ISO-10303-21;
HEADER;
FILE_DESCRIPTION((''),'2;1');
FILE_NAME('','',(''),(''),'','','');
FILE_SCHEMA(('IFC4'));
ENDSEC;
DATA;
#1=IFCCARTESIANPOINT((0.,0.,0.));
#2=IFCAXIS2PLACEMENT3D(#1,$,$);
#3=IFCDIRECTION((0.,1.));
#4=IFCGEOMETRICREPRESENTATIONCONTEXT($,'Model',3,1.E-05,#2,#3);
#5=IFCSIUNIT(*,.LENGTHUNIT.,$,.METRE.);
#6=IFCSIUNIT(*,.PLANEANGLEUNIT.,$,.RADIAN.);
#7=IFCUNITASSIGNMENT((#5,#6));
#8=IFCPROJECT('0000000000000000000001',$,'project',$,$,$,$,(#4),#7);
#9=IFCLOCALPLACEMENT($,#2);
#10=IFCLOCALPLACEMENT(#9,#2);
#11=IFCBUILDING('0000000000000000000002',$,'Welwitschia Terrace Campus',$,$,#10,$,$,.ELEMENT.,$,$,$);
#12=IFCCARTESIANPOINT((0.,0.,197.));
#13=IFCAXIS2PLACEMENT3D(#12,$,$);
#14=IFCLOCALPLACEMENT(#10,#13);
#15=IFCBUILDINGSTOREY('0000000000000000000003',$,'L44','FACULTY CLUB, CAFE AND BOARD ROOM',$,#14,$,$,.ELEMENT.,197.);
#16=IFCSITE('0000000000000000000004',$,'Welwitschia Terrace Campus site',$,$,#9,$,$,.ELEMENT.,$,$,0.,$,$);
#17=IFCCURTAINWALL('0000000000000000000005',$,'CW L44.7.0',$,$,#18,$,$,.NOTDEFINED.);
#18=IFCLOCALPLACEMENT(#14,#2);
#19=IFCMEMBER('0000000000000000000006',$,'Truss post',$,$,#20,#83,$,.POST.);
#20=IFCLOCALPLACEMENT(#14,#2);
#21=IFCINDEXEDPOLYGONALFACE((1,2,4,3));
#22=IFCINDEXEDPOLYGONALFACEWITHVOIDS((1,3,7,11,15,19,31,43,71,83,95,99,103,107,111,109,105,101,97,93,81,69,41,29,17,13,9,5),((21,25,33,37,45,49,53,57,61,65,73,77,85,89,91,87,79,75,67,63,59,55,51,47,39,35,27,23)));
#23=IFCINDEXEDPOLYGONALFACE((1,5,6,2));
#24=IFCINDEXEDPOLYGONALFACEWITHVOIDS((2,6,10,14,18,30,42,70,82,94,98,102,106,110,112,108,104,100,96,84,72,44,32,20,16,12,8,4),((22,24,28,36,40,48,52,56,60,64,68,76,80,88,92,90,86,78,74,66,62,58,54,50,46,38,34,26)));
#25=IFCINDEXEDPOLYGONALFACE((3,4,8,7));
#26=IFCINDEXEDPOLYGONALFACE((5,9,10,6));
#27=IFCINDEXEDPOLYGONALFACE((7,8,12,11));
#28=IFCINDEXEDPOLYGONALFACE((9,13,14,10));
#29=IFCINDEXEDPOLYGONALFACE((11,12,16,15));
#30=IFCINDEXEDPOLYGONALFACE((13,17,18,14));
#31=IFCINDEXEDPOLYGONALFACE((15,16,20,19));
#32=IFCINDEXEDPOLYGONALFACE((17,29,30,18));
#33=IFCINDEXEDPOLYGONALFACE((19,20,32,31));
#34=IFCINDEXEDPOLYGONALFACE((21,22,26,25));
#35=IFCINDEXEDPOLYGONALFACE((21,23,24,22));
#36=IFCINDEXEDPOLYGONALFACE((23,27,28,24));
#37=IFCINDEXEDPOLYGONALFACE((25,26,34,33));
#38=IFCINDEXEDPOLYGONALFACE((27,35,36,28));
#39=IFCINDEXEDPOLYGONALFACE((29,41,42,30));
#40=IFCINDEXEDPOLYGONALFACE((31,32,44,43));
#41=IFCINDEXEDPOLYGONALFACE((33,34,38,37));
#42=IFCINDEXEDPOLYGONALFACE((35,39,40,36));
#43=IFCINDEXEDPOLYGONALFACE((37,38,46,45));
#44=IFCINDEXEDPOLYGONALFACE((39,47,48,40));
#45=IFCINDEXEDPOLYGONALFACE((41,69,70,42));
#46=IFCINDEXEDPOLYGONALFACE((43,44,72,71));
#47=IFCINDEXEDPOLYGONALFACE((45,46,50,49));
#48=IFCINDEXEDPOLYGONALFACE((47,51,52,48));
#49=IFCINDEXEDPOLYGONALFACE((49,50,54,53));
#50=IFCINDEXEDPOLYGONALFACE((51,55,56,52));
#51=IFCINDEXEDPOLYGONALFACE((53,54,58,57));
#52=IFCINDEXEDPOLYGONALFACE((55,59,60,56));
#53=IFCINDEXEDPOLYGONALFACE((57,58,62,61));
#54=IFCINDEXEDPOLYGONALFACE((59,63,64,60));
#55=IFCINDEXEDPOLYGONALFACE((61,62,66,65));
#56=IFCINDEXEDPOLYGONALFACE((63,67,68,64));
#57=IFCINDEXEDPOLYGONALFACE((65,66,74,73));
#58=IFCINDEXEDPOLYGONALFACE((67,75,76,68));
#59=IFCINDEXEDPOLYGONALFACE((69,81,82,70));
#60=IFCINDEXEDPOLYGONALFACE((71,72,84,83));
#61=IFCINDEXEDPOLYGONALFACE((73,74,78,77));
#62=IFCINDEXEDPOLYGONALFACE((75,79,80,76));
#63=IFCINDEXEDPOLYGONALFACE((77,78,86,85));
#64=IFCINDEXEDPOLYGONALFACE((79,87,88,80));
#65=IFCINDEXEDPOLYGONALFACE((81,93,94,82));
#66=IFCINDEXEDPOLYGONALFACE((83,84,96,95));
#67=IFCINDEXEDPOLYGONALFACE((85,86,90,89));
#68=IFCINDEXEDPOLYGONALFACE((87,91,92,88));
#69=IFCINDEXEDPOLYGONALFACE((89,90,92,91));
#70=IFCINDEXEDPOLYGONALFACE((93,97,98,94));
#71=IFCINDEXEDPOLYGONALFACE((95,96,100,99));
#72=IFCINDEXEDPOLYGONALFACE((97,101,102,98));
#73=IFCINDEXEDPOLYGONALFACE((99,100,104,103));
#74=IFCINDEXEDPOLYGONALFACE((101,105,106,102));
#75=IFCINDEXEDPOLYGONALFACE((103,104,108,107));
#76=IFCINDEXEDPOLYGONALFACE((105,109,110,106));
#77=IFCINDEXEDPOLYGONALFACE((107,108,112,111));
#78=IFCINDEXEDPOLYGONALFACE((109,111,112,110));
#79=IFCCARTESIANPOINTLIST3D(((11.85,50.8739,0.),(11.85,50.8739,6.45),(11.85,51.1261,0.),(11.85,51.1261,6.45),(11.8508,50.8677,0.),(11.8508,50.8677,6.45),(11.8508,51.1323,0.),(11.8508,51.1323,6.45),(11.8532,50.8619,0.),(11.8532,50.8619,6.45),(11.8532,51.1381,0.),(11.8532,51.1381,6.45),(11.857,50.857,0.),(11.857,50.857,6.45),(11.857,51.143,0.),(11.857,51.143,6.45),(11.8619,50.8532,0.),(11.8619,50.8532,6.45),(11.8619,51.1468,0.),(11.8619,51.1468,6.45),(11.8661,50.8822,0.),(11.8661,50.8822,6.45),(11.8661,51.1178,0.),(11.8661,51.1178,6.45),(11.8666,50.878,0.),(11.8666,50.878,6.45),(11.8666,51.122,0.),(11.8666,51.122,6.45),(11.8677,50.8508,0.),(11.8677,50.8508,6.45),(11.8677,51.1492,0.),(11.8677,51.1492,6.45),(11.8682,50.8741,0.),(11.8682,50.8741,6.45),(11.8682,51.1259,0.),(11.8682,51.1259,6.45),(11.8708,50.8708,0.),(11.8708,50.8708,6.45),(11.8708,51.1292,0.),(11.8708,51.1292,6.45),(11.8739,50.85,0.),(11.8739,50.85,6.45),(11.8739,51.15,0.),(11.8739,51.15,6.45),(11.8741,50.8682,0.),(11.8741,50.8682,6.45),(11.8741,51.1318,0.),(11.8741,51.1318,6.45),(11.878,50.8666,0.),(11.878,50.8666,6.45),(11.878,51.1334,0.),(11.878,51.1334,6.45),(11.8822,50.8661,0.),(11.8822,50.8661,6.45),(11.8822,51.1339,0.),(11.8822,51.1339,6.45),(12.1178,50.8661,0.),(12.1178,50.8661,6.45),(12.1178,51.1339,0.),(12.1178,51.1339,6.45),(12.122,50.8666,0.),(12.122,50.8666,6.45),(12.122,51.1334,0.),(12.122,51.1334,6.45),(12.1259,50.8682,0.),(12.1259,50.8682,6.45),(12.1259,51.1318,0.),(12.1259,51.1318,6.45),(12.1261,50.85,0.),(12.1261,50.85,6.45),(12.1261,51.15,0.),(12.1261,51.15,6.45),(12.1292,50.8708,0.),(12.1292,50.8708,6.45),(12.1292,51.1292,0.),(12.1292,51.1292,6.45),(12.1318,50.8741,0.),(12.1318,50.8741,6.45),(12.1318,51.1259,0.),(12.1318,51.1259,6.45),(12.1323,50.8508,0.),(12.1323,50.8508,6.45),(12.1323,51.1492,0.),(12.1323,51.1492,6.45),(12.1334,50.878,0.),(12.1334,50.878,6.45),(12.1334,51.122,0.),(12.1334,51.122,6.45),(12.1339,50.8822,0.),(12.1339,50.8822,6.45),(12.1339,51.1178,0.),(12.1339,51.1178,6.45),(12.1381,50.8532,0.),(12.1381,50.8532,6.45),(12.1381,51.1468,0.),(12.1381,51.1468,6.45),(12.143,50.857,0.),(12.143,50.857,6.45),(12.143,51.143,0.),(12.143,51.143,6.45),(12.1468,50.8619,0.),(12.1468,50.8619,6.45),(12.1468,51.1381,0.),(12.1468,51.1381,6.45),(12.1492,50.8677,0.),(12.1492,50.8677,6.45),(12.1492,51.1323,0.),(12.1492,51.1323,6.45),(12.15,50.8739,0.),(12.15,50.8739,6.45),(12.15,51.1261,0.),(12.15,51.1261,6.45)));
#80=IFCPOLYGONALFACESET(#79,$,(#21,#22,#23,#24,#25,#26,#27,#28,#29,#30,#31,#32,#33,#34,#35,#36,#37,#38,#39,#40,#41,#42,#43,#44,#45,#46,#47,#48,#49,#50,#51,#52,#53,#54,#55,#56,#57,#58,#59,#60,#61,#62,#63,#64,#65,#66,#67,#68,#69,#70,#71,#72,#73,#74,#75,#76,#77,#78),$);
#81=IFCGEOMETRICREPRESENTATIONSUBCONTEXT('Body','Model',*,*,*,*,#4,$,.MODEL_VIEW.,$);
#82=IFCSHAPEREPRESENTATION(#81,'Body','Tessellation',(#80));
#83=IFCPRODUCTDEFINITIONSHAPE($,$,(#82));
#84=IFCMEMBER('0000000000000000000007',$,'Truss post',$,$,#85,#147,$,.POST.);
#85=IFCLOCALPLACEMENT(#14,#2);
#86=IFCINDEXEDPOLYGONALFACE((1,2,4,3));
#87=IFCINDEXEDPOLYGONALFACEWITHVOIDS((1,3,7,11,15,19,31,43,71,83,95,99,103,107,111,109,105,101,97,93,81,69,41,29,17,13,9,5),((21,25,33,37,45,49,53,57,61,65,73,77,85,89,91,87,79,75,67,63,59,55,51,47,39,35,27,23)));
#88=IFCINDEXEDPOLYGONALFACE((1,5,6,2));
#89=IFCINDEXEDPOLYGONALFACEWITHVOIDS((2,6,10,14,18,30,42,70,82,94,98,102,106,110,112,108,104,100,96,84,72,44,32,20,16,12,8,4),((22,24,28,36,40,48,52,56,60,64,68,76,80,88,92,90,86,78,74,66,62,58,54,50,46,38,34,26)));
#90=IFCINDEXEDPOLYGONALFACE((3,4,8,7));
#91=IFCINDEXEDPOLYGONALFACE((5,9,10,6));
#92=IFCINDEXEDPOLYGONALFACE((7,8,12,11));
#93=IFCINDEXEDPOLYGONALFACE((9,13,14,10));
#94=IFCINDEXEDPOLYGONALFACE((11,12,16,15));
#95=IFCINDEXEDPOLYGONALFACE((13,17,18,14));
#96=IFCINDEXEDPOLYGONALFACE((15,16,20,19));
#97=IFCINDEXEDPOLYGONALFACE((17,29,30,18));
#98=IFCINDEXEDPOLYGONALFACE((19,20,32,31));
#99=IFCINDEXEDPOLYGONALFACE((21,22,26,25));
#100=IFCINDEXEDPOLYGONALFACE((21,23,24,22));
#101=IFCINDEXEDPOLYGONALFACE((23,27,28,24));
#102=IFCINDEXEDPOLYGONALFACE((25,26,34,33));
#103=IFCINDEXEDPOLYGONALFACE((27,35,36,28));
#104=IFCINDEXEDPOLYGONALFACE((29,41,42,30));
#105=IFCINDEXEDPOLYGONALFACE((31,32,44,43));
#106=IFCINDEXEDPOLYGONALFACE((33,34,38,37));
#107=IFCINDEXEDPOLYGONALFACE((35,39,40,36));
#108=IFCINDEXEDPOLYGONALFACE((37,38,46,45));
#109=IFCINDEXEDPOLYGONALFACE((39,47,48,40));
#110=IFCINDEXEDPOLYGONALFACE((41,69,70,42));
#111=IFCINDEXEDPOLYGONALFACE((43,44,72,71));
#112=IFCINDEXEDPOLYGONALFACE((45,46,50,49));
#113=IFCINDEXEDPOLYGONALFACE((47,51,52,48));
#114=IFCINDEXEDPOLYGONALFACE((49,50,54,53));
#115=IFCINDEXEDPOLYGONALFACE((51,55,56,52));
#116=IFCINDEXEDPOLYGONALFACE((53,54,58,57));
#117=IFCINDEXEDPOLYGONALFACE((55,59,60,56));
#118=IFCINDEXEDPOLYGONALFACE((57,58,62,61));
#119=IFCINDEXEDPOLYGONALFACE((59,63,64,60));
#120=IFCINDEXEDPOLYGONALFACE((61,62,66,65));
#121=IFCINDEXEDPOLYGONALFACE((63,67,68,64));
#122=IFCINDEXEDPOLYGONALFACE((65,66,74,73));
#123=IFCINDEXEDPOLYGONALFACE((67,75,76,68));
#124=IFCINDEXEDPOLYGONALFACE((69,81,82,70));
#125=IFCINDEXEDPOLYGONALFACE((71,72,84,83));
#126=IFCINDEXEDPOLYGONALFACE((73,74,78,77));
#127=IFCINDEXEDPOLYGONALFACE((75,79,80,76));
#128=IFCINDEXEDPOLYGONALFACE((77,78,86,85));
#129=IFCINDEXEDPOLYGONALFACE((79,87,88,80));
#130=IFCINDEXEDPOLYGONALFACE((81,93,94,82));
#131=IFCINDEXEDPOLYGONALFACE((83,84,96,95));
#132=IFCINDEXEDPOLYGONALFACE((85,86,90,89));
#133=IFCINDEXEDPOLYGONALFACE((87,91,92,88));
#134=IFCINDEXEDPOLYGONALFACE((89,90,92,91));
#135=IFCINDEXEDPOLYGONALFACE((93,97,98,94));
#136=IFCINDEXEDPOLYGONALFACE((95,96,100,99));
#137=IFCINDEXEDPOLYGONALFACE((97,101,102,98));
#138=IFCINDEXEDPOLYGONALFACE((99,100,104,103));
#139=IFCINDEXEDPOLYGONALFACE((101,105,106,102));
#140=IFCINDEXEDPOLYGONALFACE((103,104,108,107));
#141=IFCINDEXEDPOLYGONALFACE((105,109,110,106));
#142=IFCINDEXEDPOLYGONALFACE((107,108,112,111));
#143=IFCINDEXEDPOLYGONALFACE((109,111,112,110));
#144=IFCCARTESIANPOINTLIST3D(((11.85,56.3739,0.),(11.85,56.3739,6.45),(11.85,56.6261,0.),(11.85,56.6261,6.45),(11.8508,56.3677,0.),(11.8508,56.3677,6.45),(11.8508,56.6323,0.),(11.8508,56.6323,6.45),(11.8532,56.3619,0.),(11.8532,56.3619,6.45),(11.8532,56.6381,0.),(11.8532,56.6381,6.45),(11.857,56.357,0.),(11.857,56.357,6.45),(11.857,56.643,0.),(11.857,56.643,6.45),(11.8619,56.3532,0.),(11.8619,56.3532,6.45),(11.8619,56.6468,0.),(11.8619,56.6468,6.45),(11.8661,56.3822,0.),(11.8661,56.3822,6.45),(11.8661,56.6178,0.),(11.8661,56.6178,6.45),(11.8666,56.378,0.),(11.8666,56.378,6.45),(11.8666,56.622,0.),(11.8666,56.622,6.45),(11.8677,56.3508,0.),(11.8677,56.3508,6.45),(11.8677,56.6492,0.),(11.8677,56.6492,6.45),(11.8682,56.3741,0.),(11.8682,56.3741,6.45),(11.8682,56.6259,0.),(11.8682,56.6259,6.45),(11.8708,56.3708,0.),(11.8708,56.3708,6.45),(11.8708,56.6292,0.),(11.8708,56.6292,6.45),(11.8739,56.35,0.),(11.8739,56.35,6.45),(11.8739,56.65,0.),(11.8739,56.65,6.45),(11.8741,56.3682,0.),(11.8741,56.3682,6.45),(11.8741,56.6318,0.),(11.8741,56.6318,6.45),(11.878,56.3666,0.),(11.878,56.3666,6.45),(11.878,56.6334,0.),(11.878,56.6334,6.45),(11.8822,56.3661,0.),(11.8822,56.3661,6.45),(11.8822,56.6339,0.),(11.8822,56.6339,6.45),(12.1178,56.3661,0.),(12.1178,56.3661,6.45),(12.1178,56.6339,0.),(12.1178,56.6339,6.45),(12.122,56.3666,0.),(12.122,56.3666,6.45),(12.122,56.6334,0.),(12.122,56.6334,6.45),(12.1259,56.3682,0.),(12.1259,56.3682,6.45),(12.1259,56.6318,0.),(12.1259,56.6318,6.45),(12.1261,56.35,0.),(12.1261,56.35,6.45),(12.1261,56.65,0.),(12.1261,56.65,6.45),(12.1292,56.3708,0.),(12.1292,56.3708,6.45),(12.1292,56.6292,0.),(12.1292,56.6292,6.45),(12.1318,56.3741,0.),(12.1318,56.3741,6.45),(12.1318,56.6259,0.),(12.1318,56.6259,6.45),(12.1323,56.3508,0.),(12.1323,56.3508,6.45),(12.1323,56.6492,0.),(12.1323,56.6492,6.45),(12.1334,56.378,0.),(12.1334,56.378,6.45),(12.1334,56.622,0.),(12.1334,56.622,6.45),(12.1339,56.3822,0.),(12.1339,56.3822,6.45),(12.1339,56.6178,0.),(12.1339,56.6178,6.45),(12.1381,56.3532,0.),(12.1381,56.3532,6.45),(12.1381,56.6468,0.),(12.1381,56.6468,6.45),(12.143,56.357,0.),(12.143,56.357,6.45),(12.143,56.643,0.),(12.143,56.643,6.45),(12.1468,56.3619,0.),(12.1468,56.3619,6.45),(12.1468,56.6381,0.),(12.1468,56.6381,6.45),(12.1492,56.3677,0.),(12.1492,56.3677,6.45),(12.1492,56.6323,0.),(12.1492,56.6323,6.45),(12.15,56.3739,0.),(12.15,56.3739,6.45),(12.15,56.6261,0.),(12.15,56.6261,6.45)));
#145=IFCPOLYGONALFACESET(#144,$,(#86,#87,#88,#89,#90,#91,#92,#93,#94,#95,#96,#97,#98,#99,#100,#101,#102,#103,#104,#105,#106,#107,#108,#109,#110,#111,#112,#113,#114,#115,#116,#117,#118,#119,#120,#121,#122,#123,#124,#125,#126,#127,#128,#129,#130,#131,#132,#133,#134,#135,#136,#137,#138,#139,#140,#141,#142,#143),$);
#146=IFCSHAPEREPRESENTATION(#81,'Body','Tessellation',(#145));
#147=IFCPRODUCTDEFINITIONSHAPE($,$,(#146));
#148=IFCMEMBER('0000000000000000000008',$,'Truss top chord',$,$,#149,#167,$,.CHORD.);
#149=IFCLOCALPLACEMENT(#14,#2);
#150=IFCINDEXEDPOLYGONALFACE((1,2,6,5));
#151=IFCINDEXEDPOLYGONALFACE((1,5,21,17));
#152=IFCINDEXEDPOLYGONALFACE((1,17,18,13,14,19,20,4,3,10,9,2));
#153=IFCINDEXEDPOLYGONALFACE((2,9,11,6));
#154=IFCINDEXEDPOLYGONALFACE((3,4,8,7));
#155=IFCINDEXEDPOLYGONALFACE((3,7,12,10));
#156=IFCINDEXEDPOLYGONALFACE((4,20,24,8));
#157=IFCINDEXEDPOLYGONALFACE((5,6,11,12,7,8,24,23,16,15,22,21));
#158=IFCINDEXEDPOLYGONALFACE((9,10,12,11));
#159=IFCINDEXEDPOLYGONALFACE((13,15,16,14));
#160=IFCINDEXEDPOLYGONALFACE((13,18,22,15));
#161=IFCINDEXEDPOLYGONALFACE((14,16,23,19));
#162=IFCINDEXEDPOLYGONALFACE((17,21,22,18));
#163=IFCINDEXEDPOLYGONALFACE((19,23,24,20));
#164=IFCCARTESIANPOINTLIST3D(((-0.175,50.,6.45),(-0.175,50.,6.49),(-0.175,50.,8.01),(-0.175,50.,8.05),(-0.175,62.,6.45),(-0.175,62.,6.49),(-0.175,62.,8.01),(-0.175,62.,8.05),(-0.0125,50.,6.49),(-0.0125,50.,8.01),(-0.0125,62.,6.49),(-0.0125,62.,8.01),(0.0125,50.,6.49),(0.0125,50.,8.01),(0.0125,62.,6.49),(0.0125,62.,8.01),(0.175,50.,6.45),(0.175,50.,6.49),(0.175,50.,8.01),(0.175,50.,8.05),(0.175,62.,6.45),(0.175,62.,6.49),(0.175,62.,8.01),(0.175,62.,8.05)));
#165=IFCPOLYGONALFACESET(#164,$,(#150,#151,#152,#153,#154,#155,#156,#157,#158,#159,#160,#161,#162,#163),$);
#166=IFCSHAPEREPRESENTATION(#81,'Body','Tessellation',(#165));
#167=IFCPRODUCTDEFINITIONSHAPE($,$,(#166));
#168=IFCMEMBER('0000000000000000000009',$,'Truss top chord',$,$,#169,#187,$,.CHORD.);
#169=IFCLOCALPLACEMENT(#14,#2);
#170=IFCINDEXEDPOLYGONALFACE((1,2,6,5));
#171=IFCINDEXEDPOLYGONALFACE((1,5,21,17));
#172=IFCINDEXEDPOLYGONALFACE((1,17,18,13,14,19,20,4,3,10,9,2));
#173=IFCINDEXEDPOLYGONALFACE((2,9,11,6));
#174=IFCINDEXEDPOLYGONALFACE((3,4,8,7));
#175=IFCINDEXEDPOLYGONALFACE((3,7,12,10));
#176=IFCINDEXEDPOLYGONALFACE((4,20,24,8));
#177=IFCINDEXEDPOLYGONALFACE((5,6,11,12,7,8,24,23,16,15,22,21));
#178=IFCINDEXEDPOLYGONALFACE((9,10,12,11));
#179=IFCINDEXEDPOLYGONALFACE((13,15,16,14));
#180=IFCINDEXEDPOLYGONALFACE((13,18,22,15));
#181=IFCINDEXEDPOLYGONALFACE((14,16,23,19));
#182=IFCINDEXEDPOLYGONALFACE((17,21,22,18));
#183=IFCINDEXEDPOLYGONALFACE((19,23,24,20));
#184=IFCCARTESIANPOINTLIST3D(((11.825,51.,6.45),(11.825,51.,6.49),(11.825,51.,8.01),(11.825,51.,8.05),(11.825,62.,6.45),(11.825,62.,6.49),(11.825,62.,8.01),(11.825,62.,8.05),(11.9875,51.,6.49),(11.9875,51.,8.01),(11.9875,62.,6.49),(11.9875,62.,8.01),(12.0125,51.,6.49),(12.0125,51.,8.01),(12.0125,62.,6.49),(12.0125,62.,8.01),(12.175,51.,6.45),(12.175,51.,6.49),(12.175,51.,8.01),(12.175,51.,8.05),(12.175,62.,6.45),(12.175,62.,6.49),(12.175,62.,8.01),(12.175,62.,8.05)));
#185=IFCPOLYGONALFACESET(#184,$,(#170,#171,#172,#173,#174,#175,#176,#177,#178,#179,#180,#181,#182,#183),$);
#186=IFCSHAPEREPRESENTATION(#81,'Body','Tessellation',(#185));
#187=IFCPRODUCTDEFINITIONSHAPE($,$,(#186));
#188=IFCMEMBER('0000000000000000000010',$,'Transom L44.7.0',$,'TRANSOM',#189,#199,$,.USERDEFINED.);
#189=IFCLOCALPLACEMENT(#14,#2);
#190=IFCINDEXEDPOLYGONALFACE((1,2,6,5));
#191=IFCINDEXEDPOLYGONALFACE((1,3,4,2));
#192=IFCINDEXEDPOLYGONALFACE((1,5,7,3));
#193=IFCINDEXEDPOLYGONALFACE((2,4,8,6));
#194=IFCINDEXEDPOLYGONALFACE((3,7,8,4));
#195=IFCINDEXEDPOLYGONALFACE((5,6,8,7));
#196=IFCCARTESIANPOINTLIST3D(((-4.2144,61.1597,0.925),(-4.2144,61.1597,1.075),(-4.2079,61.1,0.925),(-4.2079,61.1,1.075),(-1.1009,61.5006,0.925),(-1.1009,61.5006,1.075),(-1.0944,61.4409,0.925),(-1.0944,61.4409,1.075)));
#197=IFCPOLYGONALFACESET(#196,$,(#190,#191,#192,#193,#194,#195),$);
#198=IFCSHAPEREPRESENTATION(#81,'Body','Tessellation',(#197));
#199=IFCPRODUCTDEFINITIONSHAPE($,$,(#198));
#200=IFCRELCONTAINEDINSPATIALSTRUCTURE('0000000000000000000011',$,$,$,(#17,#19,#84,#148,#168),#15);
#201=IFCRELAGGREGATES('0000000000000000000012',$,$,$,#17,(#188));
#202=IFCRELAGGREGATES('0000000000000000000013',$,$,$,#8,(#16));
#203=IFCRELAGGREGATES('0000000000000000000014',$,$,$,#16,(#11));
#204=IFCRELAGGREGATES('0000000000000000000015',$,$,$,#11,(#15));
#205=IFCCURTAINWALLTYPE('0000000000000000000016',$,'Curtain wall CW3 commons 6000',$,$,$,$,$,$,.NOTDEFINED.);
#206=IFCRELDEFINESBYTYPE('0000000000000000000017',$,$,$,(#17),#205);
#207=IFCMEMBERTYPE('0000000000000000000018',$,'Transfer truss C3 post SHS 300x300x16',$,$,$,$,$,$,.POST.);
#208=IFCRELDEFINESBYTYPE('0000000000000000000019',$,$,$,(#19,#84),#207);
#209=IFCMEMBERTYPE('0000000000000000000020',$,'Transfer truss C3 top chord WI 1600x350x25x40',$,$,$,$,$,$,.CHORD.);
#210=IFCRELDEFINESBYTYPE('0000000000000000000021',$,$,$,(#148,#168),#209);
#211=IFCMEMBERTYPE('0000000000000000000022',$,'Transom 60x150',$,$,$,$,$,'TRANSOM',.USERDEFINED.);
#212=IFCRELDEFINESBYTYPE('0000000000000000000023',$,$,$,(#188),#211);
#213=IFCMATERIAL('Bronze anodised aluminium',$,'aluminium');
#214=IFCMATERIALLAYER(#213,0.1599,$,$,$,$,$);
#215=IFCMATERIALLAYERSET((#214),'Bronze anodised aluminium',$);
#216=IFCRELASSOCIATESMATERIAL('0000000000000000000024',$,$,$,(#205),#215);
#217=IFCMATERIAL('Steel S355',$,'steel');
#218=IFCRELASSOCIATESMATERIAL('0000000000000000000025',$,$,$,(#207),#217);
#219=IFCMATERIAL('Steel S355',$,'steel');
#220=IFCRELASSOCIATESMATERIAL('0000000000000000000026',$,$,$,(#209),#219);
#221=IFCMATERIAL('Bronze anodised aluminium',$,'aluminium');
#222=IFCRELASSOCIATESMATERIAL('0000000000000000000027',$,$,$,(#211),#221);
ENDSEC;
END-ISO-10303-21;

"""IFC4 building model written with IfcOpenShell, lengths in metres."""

from ifc_helpers import new_model, si_unit, direction, frame, origin, origin_2d, place, context, subcontext, project, spatial, rectangle, hollow_rectangle, i_section, extrude, material, layer, layer_set, material_profile, profile_set, type_object, element, aggregate, save


model = new_model("IFC4")

# Units and contexts
model_context = context("Model", 3, precision=1e-05, world=origin(), true_north=direction((0.0, 1.0)))
body_context = subcontext(model_context, "Body", "Model", "MODEL_VIEW")
ifc_project = project(units=[si_unit("LENGTHUNIT", "METRE"), si_unit("PLANEANGLEUNIT", "RADIAN")], contexts=[model_context])

# Site, building, storey
site_placement = place(None, origin())
site = spatial("IfcSite", under=ifc_project, at=site_placement, Name="Welwitschia Terrace Campus site", CompositionType="ELEMENT", RefElevation=0.0)
building_placement = place(site_placement, origin())
building = spatial("IfcBuilding", under=site, at=building_placement, Name="Welwitschia Terrace Campus", CompositionType="ELEMENT")
storey_placement = place(building_placement, frame((0.0, 0.0, 197.0)))
storey = spatial("IfcBuildingStorey", under=building, at=storey_placement, Name="L44", Description="FACULTY CLUB, CAFE AND BOARD ROOM", CompositionType="ELEMENT", Elevation=197.0)

# Curtain wall
ifc_material_1 = material(Name="Bronze anodised aluminium", Category="aluminium")
ifc_layer_1 = layer(ifc_material_1, 0.1599)
ifc_layer_set_1 = layer_set([ifc_layer_1], Name="Bronze anodised aluminium")
curtain_wall_type = type_object("IfcCurtainWallType", Name="Curtain wall CW3 commons 6000", PredefinedType="NOTDEFINED", material=ifc_layer_set_1)
curtain_wall_1_placement = place(storey_placement, origin())
curtain_wall_1 = element("IfcCurtainWall", 1, at=curtain_wall_1_placement, inside=storey, type_object=curtain_wall_type, Name="CW L44.7.0", PredefinedType="NOTDEFINED")

# Members
ifc_material_2 = material(Name="Steel S355", Category="steel")
ifc_material_profile_1 = material_profile(ifc_material_2, hollow_rectangle(XDim=0.3, YDim=0.3, WallThickness=0.0161, InnerFilletRadius=0.0161, OuterFilletRadius=0.0239, at=origin_2d()))
ifc_profile_set_1 = profile_set([ifc_material_profile_1], Name="Steel S355")
member_type_1 = type_object("IfcMemberType", Name="Transfer truss C3 post SHS 300x300x16", PredefinedType="POST", material=ifc_profile_set_1)
for number, where, z_axis, x_axis, name in (
    (2, (12.0, 51.0, 0.0), (0.0, 0.0, 1.0), (1.0, 0.0, 0.0), "Truss post"),
    (3, (12.0, 56.5, 0.0), (0.0, 0.0, 1.0), (1.0, 0.0, 0.0), "Truss post"),
):
    element("IfcMember", number, at=place(storey_placement, frame(where, z_axis=z_axis, x_axis=x_axis)), inside=storey, type_object=member_type_1, Name=name, PredefinedType="POST", context=body_context, shape_type="SweptSolid", body=[
        extrude(hollow_rectangle(XDim=0.3, YDim=0.3, WallThickness=0.0161, InnerFilletRadius=0.0161, OuterFilletRadius=0.0239, at=origin_2d()), origin(), (0.0, 0.0, 1.0), 6.45),
    ])
ifc_material_3 = material(Name="Steel S355", Category="steel")
ifc_material_profile_2 = material_profile(ifc_material_3, i_section(OverallWidth=0.3501, OverallDepth=1.6001, WebThickness=0.0249, FlangeThickness=0.04, at=origin_2d()))
ifc_profile_set_2 = profile_set([ifc_material_profile_2], Name="Steel S355")
member_type_2 = type_object("IfcMemberType", Name="Transfer truss C3 top chord WI 1600x350x25x40", PredefinedType="CHORD", material=ifc_profile_set_2)
member_1_placement = place(storey_placement, frame((0.0, 50.0, 7.25), z_axis=(0.0, 1.0, 0.0), x_axis=(-1.0, 0.0, 0.0)))
element("IfcMember", 4, at=member_1_placement, inside=storey, type_object=member_type_2, Name="Truss top chord", PredefinedType="CHORD", context=body_context, shape_type="SweptSolid", body=[
    extrude(i_section(OverallWidth=0.3501, OverallDepth=1.6001, WebThickness=0.0249, FlangeThickness=0.04, at=origin_2d()), origin(), (0.0, 0.0, 1.0), 12.0),
])
member_2_placement = place(storey_placement, frame((12.0, 51.0, 7.25), z_axis=(0.0, 1.0, 0.0), x_axis=(-1.0, 0.0, 0.0)))
element("IfcMember", 5, at=member_2_placement, inside=storey, type_object=member_type_2, Name="Truss top chord", PredefinedType="CHORD", context=body_context, shape_type="SweptSolid", body=[
    extrude(i_section(OverallWidth=0.3501, OverallDepth=1.6001, WebThickness=0.0249, FlangeThickness=0.04, at=origin_2d()), origin(), (0.0, 0.0, 1.0), 11.0),
])

# Member
ifc_material_4 = material(Name="Bronze anodised aluminium", Category="aluminium")
ifc_material_profile_3 = material_profile(ifc_material_4, rectangle(XDim=0.0601, YDim=0.1499, at=origin_2d()))
ifc_profile_set_3 = profile_set([ifc_material_profile_3], Name="Bronze anodised aluminium")
member_type_3 = type_object("IfcMemberType", Name="Transom 60x150", ElementType="TRANSOM", PredefinedType="USERDEFINED", material=ifc_profile_set_3)
member_3_placement = place(storey_placement, frame((-1.0977, 61.4707, 1.0), z_axis=(-0.994062, -0.108814, 0.0), x_axis=(0.108814, -0.994062, 0.0)))
member_3 = element("IfcMember", 6, at=member_3_placement, type_object=member_type_3, Name="Transom L44.7.0", ObjectType="TRANSOM", PredefinedType="USERDEFINED", context=body_context, shape_type="SweptSolid", body=[
    extrude(rectangle(XDim=0.0601, YDim=0.1499, at=origin_2d()), origin(), (0.0, 0.0, 1.0), 3.1321),
])

aggregate(curtain_wall_1, [member_3])

save(model, "model.ifc")
